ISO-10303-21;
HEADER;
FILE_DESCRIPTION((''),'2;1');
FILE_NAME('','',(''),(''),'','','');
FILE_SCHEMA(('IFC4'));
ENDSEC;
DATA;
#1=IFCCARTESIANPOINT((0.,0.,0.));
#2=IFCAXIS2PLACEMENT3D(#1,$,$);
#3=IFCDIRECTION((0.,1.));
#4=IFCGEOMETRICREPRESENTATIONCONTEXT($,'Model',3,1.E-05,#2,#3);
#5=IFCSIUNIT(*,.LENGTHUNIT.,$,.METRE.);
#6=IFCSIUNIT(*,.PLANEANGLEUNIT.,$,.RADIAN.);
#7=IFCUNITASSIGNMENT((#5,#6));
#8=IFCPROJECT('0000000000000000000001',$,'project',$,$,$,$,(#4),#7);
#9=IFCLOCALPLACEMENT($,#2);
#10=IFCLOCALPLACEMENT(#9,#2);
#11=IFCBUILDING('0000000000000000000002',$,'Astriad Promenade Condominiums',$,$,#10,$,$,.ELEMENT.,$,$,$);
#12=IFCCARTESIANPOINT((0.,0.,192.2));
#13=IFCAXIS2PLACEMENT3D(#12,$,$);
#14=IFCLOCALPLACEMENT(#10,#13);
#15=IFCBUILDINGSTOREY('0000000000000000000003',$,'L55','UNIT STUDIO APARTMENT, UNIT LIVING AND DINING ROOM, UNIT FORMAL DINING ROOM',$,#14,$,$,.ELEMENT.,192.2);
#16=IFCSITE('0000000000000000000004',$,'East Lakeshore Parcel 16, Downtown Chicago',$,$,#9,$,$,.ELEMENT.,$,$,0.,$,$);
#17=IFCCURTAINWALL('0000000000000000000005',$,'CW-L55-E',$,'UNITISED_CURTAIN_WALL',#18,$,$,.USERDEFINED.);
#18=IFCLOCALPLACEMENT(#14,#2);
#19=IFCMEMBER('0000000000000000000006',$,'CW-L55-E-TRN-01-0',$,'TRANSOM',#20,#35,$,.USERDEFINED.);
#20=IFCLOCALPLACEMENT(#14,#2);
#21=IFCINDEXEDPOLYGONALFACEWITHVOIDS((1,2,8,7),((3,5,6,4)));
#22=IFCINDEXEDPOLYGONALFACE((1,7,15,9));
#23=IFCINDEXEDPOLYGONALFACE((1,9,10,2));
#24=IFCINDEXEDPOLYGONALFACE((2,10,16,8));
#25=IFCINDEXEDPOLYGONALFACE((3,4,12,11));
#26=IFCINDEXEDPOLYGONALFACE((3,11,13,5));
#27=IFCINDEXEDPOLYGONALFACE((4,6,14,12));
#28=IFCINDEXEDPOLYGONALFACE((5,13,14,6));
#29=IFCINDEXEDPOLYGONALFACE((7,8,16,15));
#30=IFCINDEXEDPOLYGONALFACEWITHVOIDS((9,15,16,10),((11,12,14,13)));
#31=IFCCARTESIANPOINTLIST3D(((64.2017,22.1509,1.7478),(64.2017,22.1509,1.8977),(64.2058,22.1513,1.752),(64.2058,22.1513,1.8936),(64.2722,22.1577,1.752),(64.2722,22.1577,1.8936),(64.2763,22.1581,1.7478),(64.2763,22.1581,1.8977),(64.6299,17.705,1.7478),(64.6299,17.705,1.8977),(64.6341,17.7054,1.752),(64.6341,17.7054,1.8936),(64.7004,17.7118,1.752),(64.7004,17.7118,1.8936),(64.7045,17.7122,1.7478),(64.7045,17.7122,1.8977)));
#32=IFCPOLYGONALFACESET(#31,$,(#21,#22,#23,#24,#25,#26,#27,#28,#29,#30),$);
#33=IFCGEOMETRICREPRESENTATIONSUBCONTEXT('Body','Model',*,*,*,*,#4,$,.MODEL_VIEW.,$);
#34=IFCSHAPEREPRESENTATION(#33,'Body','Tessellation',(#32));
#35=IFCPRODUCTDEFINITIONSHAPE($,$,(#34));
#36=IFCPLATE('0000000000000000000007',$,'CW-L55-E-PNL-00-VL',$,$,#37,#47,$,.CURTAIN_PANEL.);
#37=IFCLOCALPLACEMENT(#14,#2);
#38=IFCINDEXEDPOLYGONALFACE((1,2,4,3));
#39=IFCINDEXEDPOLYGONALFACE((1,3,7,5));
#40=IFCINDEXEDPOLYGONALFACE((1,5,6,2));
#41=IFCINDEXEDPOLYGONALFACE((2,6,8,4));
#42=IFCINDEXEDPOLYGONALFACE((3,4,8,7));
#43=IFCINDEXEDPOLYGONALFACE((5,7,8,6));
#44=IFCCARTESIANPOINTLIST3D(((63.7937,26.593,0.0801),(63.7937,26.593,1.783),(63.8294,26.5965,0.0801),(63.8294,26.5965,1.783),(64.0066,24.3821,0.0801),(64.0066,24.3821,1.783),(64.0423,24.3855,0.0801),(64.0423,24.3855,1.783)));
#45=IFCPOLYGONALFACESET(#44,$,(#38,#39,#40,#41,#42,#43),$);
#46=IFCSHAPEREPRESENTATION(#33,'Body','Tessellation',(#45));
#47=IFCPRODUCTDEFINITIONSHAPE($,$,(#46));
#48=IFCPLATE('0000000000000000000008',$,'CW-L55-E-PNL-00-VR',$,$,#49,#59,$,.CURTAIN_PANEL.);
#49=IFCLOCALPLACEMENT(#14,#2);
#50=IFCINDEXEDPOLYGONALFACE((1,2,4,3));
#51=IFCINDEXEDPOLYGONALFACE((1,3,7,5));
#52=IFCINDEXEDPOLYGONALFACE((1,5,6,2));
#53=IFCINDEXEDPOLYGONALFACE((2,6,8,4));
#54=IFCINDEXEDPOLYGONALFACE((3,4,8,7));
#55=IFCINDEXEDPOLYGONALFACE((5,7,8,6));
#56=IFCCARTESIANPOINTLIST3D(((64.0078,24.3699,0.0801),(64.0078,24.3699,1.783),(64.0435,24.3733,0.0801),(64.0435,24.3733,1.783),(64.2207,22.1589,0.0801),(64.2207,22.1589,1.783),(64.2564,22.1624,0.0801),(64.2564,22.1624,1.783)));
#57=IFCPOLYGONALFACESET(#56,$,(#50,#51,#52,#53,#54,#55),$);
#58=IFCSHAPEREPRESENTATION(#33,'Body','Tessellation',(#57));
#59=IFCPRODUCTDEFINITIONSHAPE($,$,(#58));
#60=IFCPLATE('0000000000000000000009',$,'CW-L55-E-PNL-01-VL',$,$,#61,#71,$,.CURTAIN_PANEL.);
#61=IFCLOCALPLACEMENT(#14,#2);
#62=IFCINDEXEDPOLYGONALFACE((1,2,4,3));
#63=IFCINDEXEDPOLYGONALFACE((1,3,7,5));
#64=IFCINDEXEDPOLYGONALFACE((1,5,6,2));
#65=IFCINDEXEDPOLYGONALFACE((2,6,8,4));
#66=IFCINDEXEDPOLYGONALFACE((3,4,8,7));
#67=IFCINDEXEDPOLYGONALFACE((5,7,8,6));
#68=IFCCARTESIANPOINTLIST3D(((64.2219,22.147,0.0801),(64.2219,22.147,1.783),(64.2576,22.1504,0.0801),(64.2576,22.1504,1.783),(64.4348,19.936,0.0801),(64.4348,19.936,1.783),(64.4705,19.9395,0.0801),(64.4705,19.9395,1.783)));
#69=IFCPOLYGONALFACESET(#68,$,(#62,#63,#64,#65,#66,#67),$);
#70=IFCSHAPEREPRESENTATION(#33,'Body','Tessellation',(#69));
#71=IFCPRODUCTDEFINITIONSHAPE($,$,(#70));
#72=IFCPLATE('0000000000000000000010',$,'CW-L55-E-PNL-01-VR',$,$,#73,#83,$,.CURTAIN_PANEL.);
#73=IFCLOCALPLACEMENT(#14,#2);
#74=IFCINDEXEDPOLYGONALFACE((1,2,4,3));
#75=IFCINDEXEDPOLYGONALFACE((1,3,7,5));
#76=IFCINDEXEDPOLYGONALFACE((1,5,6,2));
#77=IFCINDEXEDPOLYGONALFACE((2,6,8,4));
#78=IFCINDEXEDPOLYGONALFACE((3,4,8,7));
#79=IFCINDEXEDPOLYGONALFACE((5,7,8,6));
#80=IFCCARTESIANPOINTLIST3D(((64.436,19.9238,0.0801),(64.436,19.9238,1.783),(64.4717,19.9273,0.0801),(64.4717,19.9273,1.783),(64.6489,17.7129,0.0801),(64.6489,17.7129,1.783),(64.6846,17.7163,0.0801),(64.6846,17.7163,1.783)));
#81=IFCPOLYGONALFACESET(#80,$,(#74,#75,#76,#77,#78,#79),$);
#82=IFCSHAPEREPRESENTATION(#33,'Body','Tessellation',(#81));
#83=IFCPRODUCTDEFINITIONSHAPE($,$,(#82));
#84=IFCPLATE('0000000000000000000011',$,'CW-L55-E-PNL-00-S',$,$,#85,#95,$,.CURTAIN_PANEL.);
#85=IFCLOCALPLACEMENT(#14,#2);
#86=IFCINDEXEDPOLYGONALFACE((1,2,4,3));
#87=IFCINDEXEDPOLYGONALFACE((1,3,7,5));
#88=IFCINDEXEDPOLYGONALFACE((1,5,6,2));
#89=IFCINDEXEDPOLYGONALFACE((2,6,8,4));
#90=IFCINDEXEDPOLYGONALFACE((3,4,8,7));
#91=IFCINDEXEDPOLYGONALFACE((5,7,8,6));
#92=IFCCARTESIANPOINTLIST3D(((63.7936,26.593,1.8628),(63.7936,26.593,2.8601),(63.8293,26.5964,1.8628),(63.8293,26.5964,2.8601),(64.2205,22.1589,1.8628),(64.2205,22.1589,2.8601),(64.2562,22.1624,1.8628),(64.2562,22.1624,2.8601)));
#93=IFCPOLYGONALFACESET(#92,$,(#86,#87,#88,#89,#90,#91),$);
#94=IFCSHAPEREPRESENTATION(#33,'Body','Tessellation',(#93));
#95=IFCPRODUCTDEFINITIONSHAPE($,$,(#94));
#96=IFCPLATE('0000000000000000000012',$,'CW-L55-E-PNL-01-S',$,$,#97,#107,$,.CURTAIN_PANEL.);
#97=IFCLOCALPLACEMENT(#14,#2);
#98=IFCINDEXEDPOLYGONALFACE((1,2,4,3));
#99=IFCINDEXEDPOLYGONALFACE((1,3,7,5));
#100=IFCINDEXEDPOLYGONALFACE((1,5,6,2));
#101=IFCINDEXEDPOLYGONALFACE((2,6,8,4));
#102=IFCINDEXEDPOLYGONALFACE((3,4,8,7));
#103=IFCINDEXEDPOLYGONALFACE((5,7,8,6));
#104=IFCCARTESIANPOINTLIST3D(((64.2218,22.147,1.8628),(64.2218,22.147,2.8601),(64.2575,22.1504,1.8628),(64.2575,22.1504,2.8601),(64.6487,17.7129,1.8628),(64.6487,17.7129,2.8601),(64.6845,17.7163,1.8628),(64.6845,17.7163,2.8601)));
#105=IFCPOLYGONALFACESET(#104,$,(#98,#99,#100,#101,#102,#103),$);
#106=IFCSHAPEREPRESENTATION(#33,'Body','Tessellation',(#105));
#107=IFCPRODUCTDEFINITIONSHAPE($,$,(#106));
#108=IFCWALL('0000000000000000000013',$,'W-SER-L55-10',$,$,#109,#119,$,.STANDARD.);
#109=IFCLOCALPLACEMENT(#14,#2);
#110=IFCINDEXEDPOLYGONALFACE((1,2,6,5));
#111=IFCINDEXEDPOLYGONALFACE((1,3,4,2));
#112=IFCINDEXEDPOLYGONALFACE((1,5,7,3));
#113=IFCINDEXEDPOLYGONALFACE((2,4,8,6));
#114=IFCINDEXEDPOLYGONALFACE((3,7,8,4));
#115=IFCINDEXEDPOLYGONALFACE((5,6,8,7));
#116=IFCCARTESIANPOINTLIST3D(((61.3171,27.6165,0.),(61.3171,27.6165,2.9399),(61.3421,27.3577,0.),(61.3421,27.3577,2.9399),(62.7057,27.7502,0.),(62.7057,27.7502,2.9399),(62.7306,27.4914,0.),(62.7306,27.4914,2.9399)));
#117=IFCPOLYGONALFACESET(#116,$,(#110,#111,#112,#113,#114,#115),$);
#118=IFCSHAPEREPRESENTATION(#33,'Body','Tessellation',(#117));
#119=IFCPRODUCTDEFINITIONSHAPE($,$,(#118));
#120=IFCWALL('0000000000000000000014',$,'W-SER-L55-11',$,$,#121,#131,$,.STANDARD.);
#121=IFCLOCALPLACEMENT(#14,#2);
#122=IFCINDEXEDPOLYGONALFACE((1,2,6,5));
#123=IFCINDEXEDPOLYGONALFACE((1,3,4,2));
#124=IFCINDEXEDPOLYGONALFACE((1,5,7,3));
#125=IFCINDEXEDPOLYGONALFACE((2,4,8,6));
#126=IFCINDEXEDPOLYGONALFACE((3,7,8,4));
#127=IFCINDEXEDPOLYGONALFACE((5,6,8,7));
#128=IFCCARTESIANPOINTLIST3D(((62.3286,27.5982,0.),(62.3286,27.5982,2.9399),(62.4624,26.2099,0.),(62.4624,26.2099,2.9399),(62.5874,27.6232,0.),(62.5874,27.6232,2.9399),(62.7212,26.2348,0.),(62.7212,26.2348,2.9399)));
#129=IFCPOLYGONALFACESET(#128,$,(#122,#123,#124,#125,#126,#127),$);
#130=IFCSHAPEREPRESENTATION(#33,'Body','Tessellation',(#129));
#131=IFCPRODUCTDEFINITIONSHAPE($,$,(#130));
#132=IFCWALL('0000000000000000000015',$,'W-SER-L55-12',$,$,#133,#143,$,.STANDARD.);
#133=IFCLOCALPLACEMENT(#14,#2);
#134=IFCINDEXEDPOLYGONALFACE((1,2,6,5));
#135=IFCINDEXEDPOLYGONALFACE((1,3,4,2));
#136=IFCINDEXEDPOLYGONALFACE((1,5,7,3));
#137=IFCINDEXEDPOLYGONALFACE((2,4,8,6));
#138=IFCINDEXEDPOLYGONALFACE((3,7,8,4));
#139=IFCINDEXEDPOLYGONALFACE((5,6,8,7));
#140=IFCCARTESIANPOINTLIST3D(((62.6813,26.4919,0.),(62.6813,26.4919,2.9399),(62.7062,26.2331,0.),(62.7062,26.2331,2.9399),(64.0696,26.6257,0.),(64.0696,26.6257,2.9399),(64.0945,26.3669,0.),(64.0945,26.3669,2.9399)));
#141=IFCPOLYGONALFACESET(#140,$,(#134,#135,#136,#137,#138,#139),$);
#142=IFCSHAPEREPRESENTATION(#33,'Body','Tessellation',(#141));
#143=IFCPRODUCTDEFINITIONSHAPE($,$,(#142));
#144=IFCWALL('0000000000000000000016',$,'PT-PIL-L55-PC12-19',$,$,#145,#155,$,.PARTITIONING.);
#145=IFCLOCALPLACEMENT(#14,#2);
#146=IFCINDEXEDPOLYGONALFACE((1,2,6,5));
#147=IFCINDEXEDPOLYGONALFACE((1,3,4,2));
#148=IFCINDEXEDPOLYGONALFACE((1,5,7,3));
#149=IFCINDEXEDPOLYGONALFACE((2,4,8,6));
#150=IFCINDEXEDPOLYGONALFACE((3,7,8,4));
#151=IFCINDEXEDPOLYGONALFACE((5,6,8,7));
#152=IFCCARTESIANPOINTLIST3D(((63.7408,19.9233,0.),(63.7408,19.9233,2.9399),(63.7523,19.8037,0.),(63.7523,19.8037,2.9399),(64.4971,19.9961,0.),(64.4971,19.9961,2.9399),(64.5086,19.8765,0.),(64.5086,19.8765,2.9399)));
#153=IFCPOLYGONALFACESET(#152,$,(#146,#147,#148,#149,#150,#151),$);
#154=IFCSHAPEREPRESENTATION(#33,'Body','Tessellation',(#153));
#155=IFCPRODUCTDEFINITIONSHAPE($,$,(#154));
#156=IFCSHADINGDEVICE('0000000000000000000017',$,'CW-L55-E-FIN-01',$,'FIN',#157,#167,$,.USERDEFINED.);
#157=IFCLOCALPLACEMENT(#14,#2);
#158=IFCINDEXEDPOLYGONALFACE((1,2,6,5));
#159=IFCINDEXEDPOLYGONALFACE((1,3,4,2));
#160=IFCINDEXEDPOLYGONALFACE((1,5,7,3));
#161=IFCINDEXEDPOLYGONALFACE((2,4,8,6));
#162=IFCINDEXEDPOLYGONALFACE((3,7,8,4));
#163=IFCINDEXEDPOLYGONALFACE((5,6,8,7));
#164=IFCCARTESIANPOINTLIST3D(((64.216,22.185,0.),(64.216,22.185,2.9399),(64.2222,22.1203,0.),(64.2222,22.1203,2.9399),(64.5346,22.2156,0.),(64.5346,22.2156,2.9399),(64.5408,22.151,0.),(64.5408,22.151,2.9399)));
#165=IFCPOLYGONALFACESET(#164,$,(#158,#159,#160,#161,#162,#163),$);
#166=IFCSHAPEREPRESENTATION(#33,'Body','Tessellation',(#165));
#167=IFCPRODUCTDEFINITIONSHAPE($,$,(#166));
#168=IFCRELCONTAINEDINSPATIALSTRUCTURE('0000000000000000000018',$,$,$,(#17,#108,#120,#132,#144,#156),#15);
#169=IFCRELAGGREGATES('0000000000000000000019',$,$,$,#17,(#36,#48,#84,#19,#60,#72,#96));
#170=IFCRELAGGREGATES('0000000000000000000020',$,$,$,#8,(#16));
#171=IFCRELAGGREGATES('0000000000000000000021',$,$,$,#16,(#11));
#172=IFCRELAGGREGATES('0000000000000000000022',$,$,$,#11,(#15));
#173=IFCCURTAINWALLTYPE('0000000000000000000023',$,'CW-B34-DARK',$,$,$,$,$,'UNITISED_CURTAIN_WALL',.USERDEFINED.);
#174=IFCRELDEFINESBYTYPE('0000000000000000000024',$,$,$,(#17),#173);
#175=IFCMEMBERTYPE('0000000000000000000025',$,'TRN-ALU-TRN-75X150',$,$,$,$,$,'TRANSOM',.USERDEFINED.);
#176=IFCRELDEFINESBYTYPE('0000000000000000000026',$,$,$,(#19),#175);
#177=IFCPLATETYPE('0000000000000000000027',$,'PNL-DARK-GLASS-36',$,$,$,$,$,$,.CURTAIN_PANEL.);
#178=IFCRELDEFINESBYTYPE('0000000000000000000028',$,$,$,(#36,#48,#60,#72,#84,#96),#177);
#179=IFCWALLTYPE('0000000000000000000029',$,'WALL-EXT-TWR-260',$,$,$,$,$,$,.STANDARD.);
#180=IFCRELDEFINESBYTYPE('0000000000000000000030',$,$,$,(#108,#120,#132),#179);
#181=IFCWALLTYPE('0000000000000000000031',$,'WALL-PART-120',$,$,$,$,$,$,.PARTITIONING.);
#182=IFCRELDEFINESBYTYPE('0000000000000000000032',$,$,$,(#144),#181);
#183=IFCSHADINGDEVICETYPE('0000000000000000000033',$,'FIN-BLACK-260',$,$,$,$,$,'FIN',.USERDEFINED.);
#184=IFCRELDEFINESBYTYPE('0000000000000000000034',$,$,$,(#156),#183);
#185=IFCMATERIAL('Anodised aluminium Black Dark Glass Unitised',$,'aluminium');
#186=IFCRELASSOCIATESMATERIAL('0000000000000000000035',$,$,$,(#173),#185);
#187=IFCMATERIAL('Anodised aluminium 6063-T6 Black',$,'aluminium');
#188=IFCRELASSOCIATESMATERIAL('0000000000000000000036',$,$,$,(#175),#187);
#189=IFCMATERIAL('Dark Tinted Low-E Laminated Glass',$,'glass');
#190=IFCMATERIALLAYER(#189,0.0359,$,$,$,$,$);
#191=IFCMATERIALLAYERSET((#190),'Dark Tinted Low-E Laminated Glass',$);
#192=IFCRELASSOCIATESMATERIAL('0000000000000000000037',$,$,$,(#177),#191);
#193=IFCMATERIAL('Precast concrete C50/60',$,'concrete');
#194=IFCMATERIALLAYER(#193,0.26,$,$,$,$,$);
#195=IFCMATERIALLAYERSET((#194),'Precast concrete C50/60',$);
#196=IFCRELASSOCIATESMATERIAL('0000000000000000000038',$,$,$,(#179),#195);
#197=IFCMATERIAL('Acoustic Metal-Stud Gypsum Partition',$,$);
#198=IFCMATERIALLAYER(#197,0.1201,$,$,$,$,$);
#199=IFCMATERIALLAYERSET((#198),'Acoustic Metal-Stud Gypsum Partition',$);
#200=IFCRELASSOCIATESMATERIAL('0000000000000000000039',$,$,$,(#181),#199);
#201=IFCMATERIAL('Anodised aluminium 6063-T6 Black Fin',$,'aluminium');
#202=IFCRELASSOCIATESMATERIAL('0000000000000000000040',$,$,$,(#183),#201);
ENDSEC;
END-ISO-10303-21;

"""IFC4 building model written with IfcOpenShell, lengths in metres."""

from ifc_helpers import new_model, si_unit, direction, frame, frame_2d, origin, origin_2d, place, context, subcontext, project, spatial, rectangle, hollow_rectangle, extrude, source, transform, mapped, material, layer, layer_set, material_profile, profile_set, type_object, type_shapes, element, aggregate, save


model = new_model("IFC4")

# Units and contexts
model_context = context("Model", 3, precision=1e-05, world=origin(), true_north=direction((0.0, 1.0)))
body_context = subcontext(model_context, "Body", "Model", "MODEL_VIEW")
ifc_project = project(units=[si_unit("LENGTHUNIT", "METRE"), si_unit("PLANEANGLEUNIT", "RADIAN")], contexts=[model_context])

# Site, building, storey
site_placement = place(None, origin())
site = spatial("IfcSite", under=ifc_project, at=site_placement, Name="East Lakeshore Parcel 16, Downtown Chicago", CompositionType="ELEMENT", RefElevation=0.0)
building_placement = place(site_placement, origin())
building = spatial("IfcBuilding", under=site, at=building_placement, Name="Astriad Promenade Condominiums", CompositionType="ELEMENT")
storey_placement = place(building_placement, frame((0.0, 0.0, 192.2)))
storey = spatial("IfcBuildingStorey", under=building, at=storey_placement, Name="L55", Description="UNIT STUDIO APARTMENT, UNIT LIVING AND DINING ROOM, UNIT FORMAL DINING ROOM", CompositionType="ELEMENT", Elevation=192.2)

# Curtain wall, member, plates
ifc_material_1 = material(Name="Anodised aluminium Black Dark Glass Unitised", Category="aluminium")
curtain_wall_type = type_object("IfcCurtainWallType", Name="CW-B34-DARK", ElementType="UNITISED_CURTAIN_WALL", PredefinedType="USERDEFINED", material=ifc_material_1)
curtain_wall_placement = place(storey_placement, origin())
curtain_wall = element("IfcCurtainWall", 1, at=curtain_wall_placement, inside=storey, type_object=curtain_wall_type, Name="CW-L55-E", ObjectType="UNITISED_CURTAIN_WALL", PredefinedType="USERDEFINED")
ifc_material_2 = material(Name="Anodised aluminium 6063-T6 Black", Category="aluminium")
ifc_material_profile_1 = material_profile(ifc_material_2, hollow_rectangle(XDim=0.075, YDim=0.1499, WallThickness=0.0042, at=origin_2d()), Name="ALU-TRN-75X150")
ifc_profile_set_1 = profile_set([ifc_material_profile_1], Name="Anodised aluminium 6063-T6 Black")
member_type_1 = type_object("IfcMemberType", Name="TRN-ALU-TRN-75X150", ElementType="TRANSOM", PredefinedType="USERDEFINED", material=ifc_profile_set_1)
shared_shape_1 = source(origin(), body_context, "Body", "SweptSolid", [
    extrude(hollow_rectangle(XDim=0.075, YDim=0.1499, WallThickness=0.0042, at=origin_2d()), origin(), (0.0, 0.0, 1.0), 4.4666),
])
type_shapes(member_type_1, [shared_shape_1])
member_1_placement = place(storey_placement, frame((64.239, 22.1545, 1.8228), z_axis=(0.095872, -0.995394, 0.0), x_axis=(0.995394, 0.095872, 0.0)))
member_1 = element("IfcMember", 2, at=member_1_placement, type_object=member_type_1, Name="CW-L55-E-TRN-01-0", ObjectType="TRANSOM", PredefinedType="USERDEFINED", context=body_context, shape_type="MappedRepresentation", body=[
    mapped(shared_shape_1, transform((0.0, 0.0, 0.0), scale=1.0)),
])
ifc_material_3 = material(Name="Dark Tinted Low-E Laminated Glass", Category="glass")
ifc_layer_1 = layer(ifc_material_3, 0.0359)
ifc_layer_set_1 = layer_set([ifc_layer_1], Name="Dark Tinted Low-E Laminated Glass")
plate_type = type_object("IfcPlateType", Name="PNL-DARK-GLASS-36", PredefinedType="CURTAIN_PANEL", material=ifc_layer_set_1)
shared_shape_2 = source(origin(), body_context, "Body", "SweptSolid", [
    extrude(rectangle(XDim=2.2212, YDim=0.0359, at=origin_2d()), origin(), (0.0, 0.0, 1.0), 1.7029),
])
plate_1_placement = place(storey_placement, frame((63.918, 25.4893, 0.0801), z_axis=(0.0, 0.0, 1.0), x_axis=(0.095846, -0.995396, 0.0)))
plate_1 = element("IfcPlate", 3, at=plate_1_placement, type_object=plate_type, Name="CW-L55-E-PNL-00-VL", PredefinedType="CURTAIN_PANEL", context=body_context, shape_type="MappedRepresentation", body=[
    mapped(shared_shape_2, transform((0.0, 0.0, 0.0), scale=1.0)),
])
plate_2_placement = place(storey_placement, frame((64.1321, 23.2661, 0.0801), z_axis=(0.0, 0.0, 1.0), x_axis=(0.095846, -0.995396, 0.0)))
plate_2 = element("IfcPlate", 4, at=plate_2_placement, type_object=plate_type, Name="CW-L55-E-PNL-00-VR", PredefinedType="CURTAIN_PANEL", context=body_context, shape_type="MappedRepresentation", body=[
    mapped(shared_shape_2, transform((0.0, 0.0, 0.0), scale=1.0)),
])
plate_3_placement = place(storey_placement, frame((64.3462, 21.0432, 0.0801), z_axis=(0.0, 0.0, 1.0), x_axis=(0.095846, -0.995396, 0.0)))
plate_3 = element("IfcPlate", 5, at=plate_3_placement, type_object=plate_type, Name="CW-L55-E-PNL-01-VL", PredefinedType="CURTAIN_PANEL", context=body_context, shape_type="MappedRepresentation", body=[
    mapped(shared_shape_2, transform((0.0, 0.0, 0.0), scale=1.0)),
])
plate_4_placement = place(storey_placement, frame((64.5603, 18.8201, 0.0801), z_axis=(0.0, 0.0, 1.0), x_axis=(0.095846, -0.995396, 0.0)))
plate_4 = element("IfcPlate", 6, at=plate_4_placement, type_object=plate_type, Name="CW-L55-E-PNL-01-VR", PredefinedType="CURTAIN_PANEL", context=body_context, shape_type="MappedRepresentation", body=[
    mapped(shared_shape_2, transform((0.0, 0.0, 0.0), scale=1.0)),
])
shared_shape_3 = source(origin(), body_context, "Body", "SweptSolid", [
    extrude(rectangle(XDim=4.4546, YDim=0.0359, at=origin_2d()), origin(), (0.0, 0.0, 1.0), 0.9973),
])
type_shapes(plate_type, [shared_shape_2, shared_shape_3])
plate_5_placement = place(storey_placement, frame((64.0249, 24.3777, 1.8628), z_axis=(0.0, 0.0, 1.0), x_axis=(0.095846, -0.995396, 0.0)))
plate_5 = element("IfcPlate", 7, at=plate_5_placement, type_object=plate_type, Name="CW-L55-E-PNL-00-S", PredefinedType="CURTAIN_PANEL", context=body_context, shape_type="MappedRepresentation", body=[
    mapped(shared_shape_3, transform((0.0, 0.0, 0.0), scale=1.0)),
])
plate_6_placement = place(storey_placement, frame((64.4531, 19.9316, 1.8628), z_axis=(0.0, 0.0, 1.0), x_axis=(0.095846, -0.995396, 0.0)))
plate_6 = element("IfcPlate", 8, at=plate_6_placement, type_object=plate_type, Name="CW-L55-E-PNL-01-S", PredefinedType="CURTAIN_PANEL", context=body_context, shape_type="MappedRepresentation", body=[
    mapped(shared_shape_3, transform((0.0, 0.0, 0.0), scale=1.0)),
])
aggregate(curtain_wall, [plate_1, plate_2, plate_5, member_1, plate_3, plate_4, plate_6])

# Walls
ifc_material_4 = material(Name="Precast concrete C50/60", Category="concrete")
ifc_layer_2 = layer(ifc_material_4, 0.26)
ifc_layer_set_2 = layer_set([ifc_layer_2], Name="Precast concrete C50/60")
wall_type_1 = type_object("IfcWallType", Name="WALL-EXT-TWR-260", PredefinedType="STANDARD", material=ifc_layer_set_2)
wall_1_placement = place(storey_placement, frame((61.3296, 27.4871, 0.0), z_axis=(0.0, 0.0, 1.0), x_axis=(0.995391, 0.095899, 0.0)))
element("IfcWall", 9, at=wall_1_placement, inside=storey, type_object=wall_type_1, Name="W-SER-L55-10", PredefinedType="STANDARD", context=body_context, shape_type="SweptSolid", body=[
    extrude(rectangle(XDim=1.395, YDim=0.26, at=frame_2d((0.6975, 0.0))), origin(), (0.0, 0.0, 1.0), 2.9399),
])
for number, where, z_axis, x_axis, name in (
    (10, (62.458, 27.6106, 0.0), (0.0, 0.0, 1.0), (0.095916, -0.995389, 0.0), "W-SER-L55-11"),
    (11, (62.6938, 26.3625, 0.0), (0.0, 0.0, 1.0), (0.995389, 0.095916, 0.0), "W-SER-L55-12"),
):
    element("IfcWall", number, at=place(storey_placement, frame(where, z_axis=z_axis, x_axis=x_axis)), inside=storey, type_object=wall_type_1, Name=name, PredefinedType="STANDARD", context=body_context, shape_type="SweptSolid", body=[
        extrude(rectangle(XDim=1.3948, YDim=0.26, at=frame_2d((0.6973, 0.0))), origin(), (0.0, 0.0, 1.0), 2.9399),
    ])
ifc_material_5 = material(Name="Acoustic Metal-Stud Gypsum Partition")
ifc_layer_3 = layer(ifc_material_5, 0.1201)
ifc_layer_set_3 = layer_set([ifc_layer_3], Name="Acoustic Metal-Stud Gypsum Partition")
wall_type_2 = type_object("IfcWallType", Name="WALL-PART-120", PredefinedType="PARTITIONING", material=ifc_layer_set_3)
wall_2_placement = place(storey_placement, frame((63.7466, 19.8635, 0.0), z_axis=(0.0, 0.0, 1.0), x_axis=(0.995405, 0.095749, 0.0)))
element("IfcWall", 12, at=wall_2_placement, inside=storey, type_object=wall_type_2, Name="PT-PIL-L55-PC12-19", PredefinedType="PARTITIONING", context=body_context, shape_type="SweptSolid", body=[
    extrude(rectangle(XDim=0.7598, YDim=0.1201, at=frame_2d((0.3799, 0.0))), origin(), (0.0, 0.0, 1.0), 2.9399),
])

# Shading device
ifc_material_6 = material(Name="Anodised aluminium 6063-T6 Black Fin", Category="aluminium")
shading_device_type = type_object("IfcShadingDeviceType", Name="FIN-BLACK-260", ElementType="FIN", PredefinedType="USERDEFINED", material=ifc_material_6)
shared_shape_4 = source(origin(), body_context, "Body", "SweptSolid", [
    extrude(rectangle(XDim=0.0649, YDim=0.3201, at=origin_2d()), origin(), (0.0, 0.0, 1.0), 2.9399),
])
type_shapes(shading_device_type, [shared_shape_4])
shading_device_placement = place(storey_placement, frame((64.3784, 22.168, 0.0), z_axis=(0.0, 0.0, 1.0), x_axis=(0.095846, -0.995396, 0.0)))
element("IfcShadingDevice", 13, at=shading_device_placement, inside=storey, type_object=shading_device_type, Name="CW-L55-E-FIN-01", ObjectType="FIN", PredefinedType="USERDEFINED", context=body_context, shape_type="MappedRepresentation", body=[
    mapped(shared_shape_4, transform((0.0, 0.0, 0.0), scale=1.0)),
])

save(model, "model.ifc")
